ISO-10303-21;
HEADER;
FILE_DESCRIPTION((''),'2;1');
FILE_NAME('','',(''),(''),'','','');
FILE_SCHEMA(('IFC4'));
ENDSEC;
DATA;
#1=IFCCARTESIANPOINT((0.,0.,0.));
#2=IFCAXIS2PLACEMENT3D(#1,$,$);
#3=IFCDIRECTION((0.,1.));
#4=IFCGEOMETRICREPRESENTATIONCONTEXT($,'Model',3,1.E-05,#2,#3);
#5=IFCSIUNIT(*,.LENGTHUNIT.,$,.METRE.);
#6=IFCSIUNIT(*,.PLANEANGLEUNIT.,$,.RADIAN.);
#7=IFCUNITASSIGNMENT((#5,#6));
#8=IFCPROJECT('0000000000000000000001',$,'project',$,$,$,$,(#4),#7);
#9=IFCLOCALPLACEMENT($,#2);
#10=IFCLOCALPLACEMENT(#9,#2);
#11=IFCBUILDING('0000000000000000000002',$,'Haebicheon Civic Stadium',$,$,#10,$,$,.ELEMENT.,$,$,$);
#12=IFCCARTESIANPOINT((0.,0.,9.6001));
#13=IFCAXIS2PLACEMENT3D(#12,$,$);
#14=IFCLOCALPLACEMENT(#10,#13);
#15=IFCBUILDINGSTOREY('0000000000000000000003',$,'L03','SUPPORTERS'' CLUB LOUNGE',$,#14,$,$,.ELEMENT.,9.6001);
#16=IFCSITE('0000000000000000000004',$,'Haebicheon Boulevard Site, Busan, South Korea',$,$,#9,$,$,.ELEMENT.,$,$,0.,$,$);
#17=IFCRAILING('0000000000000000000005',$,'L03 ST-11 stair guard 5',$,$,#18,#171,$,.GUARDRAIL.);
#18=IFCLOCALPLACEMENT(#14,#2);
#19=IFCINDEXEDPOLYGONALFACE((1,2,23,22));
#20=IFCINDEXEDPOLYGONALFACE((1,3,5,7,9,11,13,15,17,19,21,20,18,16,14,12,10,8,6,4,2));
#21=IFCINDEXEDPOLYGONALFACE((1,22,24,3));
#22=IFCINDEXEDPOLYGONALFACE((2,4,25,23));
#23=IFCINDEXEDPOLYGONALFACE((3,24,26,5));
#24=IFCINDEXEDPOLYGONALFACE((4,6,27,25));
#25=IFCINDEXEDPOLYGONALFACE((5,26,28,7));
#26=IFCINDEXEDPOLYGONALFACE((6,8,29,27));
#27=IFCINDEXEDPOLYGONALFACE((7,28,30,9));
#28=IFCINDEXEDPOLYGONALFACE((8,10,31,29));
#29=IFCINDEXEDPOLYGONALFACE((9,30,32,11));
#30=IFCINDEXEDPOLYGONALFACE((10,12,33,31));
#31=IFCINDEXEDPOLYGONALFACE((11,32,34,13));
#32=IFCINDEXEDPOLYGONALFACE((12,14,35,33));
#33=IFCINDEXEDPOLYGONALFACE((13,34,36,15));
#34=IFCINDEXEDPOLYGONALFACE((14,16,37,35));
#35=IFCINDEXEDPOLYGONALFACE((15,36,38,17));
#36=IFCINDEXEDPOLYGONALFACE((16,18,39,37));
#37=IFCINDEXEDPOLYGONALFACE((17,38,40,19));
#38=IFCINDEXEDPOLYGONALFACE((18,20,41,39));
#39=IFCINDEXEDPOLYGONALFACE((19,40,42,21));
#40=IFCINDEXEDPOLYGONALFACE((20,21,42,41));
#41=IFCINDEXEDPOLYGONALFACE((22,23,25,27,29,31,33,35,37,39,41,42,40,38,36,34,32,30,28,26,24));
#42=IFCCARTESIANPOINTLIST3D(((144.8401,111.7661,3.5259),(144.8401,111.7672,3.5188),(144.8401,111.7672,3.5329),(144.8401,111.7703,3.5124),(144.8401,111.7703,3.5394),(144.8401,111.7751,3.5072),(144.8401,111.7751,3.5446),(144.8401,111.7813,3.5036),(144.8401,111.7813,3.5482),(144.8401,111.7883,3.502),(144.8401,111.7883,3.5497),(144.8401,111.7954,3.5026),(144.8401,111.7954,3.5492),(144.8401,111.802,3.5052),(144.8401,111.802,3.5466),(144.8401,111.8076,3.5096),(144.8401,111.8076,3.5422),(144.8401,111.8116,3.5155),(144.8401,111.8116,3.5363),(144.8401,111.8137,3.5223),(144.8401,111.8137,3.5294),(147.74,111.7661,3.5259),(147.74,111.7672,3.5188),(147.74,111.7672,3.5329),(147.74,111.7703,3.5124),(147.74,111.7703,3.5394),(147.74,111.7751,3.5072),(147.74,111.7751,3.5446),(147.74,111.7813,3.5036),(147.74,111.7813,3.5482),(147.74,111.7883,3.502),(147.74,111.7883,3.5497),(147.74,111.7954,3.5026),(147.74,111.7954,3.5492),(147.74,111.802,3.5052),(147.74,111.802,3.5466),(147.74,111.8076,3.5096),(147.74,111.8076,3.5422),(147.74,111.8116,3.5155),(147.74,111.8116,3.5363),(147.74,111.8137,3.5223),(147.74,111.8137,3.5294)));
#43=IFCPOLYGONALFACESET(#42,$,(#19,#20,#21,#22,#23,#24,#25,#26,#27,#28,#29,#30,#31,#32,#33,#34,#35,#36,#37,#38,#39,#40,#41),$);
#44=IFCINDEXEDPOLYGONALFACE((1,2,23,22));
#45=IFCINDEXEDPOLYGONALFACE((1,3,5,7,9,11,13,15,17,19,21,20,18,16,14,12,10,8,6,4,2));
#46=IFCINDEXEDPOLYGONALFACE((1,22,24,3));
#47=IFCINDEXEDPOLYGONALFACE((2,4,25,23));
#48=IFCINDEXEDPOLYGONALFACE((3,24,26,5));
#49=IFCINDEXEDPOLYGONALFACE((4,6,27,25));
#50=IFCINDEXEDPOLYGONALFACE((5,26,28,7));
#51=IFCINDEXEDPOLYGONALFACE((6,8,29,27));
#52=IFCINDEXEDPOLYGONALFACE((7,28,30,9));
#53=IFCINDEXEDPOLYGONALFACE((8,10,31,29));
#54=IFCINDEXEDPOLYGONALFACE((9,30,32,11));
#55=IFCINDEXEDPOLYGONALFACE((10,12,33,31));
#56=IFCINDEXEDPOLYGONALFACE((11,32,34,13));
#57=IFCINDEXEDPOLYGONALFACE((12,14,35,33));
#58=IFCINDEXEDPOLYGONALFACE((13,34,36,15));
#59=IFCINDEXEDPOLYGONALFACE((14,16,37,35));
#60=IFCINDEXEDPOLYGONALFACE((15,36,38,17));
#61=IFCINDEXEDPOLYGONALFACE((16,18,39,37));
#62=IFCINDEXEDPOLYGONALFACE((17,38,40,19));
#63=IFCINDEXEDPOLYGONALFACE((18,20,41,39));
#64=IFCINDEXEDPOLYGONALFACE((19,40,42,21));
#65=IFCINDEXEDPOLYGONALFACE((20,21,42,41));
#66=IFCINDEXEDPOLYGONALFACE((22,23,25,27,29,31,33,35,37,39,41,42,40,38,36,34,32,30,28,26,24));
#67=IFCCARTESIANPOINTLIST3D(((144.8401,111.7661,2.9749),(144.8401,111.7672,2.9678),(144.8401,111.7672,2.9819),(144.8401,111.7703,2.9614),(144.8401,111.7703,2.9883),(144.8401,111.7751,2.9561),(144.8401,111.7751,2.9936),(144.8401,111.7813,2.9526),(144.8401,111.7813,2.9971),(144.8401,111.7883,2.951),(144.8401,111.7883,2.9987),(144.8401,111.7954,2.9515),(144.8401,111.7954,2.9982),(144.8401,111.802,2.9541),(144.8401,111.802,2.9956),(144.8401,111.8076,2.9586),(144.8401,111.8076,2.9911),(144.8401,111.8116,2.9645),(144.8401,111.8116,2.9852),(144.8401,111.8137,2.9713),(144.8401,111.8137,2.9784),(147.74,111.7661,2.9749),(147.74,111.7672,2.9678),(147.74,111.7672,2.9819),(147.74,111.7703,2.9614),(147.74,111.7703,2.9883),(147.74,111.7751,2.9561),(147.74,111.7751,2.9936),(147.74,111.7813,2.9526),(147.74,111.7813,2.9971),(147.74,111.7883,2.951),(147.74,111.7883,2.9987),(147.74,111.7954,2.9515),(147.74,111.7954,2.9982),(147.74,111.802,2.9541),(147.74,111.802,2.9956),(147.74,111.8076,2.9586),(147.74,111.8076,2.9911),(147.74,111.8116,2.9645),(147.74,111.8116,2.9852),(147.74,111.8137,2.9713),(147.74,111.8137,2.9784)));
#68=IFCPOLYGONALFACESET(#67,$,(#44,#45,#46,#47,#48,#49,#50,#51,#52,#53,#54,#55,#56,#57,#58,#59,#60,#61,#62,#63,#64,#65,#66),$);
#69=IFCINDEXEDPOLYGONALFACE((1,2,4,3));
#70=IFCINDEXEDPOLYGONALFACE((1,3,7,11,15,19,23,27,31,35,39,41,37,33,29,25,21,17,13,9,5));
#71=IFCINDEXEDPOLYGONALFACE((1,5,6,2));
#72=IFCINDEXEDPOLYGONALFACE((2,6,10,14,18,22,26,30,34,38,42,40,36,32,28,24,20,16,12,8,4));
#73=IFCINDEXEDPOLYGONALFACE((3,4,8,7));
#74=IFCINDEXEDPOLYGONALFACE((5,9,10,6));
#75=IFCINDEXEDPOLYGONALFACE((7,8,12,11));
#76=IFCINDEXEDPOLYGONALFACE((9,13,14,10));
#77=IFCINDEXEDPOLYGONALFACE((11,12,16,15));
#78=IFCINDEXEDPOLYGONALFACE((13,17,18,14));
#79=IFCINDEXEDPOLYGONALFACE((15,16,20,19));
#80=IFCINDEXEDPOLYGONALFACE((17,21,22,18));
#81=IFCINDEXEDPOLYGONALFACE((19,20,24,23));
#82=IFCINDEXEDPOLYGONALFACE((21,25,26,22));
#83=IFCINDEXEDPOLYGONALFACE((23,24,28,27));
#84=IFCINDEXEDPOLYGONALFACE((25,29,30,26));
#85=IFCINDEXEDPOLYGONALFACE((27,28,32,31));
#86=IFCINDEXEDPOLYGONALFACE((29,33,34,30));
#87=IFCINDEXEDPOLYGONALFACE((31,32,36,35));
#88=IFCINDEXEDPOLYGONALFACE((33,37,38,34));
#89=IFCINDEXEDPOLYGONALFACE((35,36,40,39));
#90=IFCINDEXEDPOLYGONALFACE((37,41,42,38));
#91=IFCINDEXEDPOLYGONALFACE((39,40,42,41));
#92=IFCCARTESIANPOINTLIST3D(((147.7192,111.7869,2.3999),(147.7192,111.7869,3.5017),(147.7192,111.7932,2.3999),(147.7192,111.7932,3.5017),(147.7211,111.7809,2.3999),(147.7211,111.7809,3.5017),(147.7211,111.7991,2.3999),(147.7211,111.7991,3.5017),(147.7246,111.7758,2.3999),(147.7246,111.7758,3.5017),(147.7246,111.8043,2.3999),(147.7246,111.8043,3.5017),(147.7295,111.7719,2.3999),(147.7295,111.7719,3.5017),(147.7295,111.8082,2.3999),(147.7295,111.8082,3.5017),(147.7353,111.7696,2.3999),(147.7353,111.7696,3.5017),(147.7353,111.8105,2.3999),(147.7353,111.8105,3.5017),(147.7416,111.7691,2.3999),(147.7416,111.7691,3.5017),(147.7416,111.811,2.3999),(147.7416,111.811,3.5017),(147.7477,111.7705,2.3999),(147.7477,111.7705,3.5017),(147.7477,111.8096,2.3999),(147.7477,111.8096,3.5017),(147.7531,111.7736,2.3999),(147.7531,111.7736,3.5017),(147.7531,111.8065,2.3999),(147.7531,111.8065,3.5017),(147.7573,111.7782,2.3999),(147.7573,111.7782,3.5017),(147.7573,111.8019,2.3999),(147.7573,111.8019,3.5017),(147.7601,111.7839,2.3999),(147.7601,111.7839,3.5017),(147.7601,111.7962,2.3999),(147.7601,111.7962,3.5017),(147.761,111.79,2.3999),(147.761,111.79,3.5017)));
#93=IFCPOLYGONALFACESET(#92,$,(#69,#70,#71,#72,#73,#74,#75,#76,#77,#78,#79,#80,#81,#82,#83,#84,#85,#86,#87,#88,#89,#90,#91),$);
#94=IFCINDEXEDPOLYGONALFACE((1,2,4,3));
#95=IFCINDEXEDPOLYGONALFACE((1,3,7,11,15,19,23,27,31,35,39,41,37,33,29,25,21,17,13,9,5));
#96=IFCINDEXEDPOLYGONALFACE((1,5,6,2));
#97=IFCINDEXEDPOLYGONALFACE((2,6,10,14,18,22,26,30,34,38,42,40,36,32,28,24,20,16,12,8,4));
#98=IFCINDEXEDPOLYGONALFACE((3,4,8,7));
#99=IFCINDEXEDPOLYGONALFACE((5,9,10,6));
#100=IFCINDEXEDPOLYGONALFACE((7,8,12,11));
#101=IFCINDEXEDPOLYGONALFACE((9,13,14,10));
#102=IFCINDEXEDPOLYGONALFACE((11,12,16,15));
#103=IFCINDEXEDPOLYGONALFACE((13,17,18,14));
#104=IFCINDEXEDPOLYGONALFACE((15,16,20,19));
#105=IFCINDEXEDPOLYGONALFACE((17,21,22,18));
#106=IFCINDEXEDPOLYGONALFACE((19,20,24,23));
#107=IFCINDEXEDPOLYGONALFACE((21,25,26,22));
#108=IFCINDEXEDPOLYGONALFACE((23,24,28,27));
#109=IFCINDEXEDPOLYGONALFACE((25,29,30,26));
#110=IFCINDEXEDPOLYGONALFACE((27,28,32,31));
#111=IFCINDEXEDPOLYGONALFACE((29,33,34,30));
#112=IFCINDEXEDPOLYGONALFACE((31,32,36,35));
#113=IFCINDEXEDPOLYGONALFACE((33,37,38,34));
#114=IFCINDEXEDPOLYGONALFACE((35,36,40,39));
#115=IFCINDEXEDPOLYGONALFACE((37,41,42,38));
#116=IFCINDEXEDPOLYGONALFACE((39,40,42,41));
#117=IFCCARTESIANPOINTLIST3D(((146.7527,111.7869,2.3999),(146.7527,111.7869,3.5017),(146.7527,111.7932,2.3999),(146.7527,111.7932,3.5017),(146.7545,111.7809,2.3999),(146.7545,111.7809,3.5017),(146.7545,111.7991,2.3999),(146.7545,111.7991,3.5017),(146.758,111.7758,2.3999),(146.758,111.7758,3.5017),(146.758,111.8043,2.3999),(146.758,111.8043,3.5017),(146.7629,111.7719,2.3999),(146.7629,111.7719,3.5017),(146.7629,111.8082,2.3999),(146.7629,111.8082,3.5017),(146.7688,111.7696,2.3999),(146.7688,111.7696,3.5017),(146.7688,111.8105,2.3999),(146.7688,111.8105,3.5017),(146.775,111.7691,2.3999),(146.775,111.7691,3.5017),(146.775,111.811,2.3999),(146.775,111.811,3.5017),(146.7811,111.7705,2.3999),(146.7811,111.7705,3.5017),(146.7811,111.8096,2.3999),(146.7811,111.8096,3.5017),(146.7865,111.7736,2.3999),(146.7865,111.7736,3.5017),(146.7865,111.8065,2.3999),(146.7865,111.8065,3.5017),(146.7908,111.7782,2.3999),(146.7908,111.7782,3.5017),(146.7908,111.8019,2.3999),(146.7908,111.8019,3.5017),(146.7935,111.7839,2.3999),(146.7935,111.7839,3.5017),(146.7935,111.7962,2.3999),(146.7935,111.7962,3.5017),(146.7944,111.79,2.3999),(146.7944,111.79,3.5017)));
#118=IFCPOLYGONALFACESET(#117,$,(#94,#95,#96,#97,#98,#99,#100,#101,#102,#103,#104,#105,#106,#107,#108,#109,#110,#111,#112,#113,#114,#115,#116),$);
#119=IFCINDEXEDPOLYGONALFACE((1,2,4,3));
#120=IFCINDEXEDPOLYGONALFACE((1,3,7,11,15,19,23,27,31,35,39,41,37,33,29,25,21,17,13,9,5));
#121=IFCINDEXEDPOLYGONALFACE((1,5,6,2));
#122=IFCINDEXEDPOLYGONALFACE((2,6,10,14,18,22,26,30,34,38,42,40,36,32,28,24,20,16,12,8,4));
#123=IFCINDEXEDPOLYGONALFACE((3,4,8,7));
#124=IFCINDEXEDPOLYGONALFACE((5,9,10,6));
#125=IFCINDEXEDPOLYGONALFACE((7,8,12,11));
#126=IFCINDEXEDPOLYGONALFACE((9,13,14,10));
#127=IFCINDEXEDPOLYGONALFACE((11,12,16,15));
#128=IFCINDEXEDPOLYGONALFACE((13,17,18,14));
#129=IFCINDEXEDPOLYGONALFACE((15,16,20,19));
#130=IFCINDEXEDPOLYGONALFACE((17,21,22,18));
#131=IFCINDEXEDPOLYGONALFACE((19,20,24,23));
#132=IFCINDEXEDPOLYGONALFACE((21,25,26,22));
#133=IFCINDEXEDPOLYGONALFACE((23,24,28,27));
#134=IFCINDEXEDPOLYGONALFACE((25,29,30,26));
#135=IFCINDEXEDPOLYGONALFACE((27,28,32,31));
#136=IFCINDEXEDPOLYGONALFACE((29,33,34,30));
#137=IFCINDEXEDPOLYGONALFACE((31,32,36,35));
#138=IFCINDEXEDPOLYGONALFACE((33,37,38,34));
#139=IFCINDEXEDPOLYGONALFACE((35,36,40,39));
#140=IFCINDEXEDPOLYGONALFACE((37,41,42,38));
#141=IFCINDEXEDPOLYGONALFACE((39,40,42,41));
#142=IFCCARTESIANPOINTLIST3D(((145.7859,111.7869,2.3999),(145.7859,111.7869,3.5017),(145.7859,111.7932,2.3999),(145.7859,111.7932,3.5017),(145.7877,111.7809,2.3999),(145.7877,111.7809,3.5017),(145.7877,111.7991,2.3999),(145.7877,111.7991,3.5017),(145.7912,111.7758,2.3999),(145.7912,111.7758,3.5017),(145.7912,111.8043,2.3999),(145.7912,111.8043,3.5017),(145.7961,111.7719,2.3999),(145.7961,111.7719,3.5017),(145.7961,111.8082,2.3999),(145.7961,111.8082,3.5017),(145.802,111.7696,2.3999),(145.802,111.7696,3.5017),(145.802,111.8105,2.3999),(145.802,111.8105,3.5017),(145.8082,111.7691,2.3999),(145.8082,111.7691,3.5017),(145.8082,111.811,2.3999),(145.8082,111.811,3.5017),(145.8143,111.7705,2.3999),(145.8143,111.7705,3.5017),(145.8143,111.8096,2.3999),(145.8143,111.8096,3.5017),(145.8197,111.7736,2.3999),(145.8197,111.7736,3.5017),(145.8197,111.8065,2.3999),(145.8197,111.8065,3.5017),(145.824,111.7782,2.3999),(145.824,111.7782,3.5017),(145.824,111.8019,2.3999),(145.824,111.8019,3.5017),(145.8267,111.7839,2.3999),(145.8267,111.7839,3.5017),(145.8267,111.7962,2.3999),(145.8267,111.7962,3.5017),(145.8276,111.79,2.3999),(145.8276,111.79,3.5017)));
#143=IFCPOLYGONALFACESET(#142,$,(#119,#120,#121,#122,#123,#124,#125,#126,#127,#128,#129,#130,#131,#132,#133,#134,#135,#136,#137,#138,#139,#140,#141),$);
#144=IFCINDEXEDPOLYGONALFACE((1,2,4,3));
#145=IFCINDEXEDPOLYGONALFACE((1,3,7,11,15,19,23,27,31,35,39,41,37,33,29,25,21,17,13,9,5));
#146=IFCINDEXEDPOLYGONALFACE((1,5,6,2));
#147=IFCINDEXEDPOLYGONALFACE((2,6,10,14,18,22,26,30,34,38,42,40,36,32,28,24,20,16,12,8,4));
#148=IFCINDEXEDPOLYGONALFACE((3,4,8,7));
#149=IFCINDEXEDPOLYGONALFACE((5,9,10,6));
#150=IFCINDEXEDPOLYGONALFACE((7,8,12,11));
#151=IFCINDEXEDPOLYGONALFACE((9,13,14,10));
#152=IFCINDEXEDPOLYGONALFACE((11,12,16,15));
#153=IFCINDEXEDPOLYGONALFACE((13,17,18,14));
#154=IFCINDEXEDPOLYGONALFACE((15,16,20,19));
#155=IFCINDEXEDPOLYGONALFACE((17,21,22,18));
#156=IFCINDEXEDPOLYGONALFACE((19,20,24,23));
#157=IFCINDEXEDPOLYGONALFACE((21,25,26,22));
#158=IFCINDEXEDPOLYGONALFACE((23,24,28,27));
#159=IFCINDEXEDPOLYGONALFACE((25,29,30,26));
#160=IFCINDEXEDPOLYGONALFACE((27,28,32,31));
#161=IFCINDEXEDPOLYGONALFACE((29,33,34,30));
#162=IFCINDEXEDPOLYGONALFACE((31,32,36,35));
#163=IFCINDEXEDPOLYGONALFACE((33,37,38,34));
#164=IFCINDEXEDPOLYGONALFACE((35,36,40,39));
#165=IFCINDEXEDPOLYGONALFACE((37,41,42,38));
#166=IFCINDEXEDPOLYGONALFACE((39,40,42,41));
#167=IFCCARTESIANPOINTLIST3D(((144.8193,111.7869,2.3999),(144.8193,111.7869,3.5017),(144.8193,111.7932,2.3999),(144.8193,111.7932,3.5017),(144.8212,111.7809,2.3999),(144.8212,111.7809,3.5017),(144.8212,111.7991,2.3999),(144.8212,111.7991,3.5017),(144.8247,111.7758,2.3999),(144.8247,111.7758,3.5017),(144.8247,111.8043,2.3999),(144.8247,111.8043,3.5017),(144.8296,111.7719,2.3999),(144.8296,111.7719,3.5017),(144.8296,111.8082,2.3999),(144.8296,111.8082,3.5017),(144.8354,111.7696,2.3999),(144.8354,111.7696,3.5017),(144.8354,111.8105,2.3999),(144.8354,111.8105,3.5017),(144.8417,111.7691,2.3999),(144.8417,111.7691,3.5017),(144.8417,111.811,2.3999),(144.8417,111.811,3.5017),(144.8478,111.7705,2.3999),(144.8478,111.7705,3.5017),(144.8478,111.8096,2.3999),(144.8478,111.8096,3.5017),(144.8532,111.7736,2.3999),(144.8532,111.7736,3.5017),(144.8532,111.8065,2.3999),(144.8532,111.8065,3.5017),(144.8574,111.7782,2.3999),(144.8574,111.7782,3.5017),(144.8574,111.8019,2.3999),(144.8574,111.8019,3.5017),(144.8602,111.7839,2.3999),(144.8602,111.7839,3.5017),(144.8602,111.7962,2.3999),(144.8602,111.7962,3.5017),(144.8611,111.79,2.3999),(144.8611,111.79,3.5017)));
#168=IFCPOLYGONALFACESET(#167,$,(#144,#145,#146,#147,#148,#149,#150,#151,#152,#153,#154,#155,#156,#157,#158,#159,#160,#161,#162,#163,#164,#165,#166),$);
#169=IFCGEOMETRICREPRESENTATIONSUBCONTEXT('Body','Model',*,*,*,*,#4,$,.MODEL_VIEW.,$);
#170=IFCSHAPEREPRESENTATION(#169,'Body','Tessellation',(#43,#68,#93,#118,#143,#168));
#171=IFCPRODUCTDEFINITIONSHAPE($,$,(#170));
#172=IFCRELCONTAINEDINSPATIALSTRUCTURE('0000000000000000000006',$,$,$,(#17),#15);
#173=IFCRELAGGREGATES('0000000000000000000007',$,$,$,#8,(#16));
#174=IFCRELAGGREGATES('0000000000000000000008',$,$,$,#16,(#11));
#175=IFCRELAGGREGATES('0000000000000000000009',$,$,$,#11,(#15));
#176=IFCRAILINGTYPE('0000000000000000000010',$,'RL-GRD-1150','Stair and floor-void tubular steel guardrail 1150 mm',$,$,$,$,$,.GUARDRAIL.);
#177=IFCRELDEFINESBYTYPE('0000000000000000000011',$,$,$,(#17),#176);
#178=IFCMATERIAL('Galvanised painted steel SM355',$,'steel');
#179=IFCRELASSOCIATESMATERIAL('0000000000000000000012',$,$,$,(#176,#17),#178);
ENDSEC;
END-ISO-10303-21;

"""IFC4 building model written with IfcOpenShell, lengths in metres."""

from ifc_helpers import new_model, si_unit, direction, frame, origin, origin_2d, place, context, subcontext, project, spatial, circle, extrude, material, type_object, element, save


model = new_model("IFC4")

# Units and contexts
model_context = context("Model", 3, precision=1e-05, world=origin(), true_north=direction((0.0, 1.0)))
body_context = subcontext(model_context, "Body", "Model", "MODEL_VIEW")
ifc_project = project(units=[si_unit("LENGTHUNIT", "METRE"), si_unit("PLANEANGLEUNIT", "RADIAN")], contexts=[model_context])

# Site, building, storey
site_placement = place(None, origin())
site = spatial("IfcSite", under=ifc_project, at=site_placement, Name="Haebicheon Boulevard Site, Busan, South Korea", CompositionType="ELEMENT", RefElevation=0.0)
building_placement = place(site_placement, origin())
building = spatial("IfcBuilding", under=site, at=building_placement, Name="Haebicheon Civic Stadium", CompositionType="ELEMENT")
storey_placement = place(building_placement, frame((0.0, 0.0, 9.6001)))
storey = spatial("IfcBuildingStorey", under=building, at=storey_placement, Name="L03", Description="SUPPORTERS' CLUB LOUNGE", CompositionType="ELEMENT", Elevation=9.6001)

# Railing
ifc_material_1 = material(Name="Galvanised painted steel SM355", Category="steel")
railing_type_1 = type_object("IfcRailingType", Name="RL-GRD-1150", Description="Stair and floor-void tubular steel guardrail 1150 mm", PredefinedType="GUARDRAIL", material=ifc_material_1)
railing_1_placement = place(storey_placement, frame((147.74, 111.79, 2.3999)))
element("IfcRailing", 1, at=railing_1_placement, inside=storey, type_object=railing_type_1, material=ifc_material_1, Name="L03 ST-11 stair guard 5", PredefinedType="GUARDRAIL", context=body_context, shape_type="SweptSolid", body=[
    extrude(circle(Radius=0.0239, at=origin_2d()), frame((0.0, 0.0, 1.126), z_axis=(-1.0, 0.0, 0.0), x_axis=(0.0, -1.0, 0.0)), (0.0, 0.0, 1.0), 2.8999),
    extrude(circle(Radius=0.0239, at=origin_2d()), frame((0.0, 0.0, 0.575), z_axis=(-1.0, 0.0, 0.0), x_axis=(0.0, -1.0, 0.0)), (0.0, 0.0, 1.0), 2.8999),
    extrude(circle(Radius=0.021, at=origin_2d()), origin(), (0.0, 0.0, 1.0), 1.1018),
    extrude(circle(Radius=0.021, at=origin_2d()), frame((-0.9666, 0.0, 0.0)), (0.0, 0.0, 1.0), 1.1018),
    extrude(circle(Radius=0.021, at=origin_2d()), frame((-1.9333, 0.0, 0.0)), (0.0, 0.0, 1.0), 1.1018),
    extrude(circle(Radius=0.021, at=origin_2d()), frame((-2.8999, 0.0, 0.0)), (0.0, 0.0, 1.0), 1.1018),
])

save(model, "model.ifc")
